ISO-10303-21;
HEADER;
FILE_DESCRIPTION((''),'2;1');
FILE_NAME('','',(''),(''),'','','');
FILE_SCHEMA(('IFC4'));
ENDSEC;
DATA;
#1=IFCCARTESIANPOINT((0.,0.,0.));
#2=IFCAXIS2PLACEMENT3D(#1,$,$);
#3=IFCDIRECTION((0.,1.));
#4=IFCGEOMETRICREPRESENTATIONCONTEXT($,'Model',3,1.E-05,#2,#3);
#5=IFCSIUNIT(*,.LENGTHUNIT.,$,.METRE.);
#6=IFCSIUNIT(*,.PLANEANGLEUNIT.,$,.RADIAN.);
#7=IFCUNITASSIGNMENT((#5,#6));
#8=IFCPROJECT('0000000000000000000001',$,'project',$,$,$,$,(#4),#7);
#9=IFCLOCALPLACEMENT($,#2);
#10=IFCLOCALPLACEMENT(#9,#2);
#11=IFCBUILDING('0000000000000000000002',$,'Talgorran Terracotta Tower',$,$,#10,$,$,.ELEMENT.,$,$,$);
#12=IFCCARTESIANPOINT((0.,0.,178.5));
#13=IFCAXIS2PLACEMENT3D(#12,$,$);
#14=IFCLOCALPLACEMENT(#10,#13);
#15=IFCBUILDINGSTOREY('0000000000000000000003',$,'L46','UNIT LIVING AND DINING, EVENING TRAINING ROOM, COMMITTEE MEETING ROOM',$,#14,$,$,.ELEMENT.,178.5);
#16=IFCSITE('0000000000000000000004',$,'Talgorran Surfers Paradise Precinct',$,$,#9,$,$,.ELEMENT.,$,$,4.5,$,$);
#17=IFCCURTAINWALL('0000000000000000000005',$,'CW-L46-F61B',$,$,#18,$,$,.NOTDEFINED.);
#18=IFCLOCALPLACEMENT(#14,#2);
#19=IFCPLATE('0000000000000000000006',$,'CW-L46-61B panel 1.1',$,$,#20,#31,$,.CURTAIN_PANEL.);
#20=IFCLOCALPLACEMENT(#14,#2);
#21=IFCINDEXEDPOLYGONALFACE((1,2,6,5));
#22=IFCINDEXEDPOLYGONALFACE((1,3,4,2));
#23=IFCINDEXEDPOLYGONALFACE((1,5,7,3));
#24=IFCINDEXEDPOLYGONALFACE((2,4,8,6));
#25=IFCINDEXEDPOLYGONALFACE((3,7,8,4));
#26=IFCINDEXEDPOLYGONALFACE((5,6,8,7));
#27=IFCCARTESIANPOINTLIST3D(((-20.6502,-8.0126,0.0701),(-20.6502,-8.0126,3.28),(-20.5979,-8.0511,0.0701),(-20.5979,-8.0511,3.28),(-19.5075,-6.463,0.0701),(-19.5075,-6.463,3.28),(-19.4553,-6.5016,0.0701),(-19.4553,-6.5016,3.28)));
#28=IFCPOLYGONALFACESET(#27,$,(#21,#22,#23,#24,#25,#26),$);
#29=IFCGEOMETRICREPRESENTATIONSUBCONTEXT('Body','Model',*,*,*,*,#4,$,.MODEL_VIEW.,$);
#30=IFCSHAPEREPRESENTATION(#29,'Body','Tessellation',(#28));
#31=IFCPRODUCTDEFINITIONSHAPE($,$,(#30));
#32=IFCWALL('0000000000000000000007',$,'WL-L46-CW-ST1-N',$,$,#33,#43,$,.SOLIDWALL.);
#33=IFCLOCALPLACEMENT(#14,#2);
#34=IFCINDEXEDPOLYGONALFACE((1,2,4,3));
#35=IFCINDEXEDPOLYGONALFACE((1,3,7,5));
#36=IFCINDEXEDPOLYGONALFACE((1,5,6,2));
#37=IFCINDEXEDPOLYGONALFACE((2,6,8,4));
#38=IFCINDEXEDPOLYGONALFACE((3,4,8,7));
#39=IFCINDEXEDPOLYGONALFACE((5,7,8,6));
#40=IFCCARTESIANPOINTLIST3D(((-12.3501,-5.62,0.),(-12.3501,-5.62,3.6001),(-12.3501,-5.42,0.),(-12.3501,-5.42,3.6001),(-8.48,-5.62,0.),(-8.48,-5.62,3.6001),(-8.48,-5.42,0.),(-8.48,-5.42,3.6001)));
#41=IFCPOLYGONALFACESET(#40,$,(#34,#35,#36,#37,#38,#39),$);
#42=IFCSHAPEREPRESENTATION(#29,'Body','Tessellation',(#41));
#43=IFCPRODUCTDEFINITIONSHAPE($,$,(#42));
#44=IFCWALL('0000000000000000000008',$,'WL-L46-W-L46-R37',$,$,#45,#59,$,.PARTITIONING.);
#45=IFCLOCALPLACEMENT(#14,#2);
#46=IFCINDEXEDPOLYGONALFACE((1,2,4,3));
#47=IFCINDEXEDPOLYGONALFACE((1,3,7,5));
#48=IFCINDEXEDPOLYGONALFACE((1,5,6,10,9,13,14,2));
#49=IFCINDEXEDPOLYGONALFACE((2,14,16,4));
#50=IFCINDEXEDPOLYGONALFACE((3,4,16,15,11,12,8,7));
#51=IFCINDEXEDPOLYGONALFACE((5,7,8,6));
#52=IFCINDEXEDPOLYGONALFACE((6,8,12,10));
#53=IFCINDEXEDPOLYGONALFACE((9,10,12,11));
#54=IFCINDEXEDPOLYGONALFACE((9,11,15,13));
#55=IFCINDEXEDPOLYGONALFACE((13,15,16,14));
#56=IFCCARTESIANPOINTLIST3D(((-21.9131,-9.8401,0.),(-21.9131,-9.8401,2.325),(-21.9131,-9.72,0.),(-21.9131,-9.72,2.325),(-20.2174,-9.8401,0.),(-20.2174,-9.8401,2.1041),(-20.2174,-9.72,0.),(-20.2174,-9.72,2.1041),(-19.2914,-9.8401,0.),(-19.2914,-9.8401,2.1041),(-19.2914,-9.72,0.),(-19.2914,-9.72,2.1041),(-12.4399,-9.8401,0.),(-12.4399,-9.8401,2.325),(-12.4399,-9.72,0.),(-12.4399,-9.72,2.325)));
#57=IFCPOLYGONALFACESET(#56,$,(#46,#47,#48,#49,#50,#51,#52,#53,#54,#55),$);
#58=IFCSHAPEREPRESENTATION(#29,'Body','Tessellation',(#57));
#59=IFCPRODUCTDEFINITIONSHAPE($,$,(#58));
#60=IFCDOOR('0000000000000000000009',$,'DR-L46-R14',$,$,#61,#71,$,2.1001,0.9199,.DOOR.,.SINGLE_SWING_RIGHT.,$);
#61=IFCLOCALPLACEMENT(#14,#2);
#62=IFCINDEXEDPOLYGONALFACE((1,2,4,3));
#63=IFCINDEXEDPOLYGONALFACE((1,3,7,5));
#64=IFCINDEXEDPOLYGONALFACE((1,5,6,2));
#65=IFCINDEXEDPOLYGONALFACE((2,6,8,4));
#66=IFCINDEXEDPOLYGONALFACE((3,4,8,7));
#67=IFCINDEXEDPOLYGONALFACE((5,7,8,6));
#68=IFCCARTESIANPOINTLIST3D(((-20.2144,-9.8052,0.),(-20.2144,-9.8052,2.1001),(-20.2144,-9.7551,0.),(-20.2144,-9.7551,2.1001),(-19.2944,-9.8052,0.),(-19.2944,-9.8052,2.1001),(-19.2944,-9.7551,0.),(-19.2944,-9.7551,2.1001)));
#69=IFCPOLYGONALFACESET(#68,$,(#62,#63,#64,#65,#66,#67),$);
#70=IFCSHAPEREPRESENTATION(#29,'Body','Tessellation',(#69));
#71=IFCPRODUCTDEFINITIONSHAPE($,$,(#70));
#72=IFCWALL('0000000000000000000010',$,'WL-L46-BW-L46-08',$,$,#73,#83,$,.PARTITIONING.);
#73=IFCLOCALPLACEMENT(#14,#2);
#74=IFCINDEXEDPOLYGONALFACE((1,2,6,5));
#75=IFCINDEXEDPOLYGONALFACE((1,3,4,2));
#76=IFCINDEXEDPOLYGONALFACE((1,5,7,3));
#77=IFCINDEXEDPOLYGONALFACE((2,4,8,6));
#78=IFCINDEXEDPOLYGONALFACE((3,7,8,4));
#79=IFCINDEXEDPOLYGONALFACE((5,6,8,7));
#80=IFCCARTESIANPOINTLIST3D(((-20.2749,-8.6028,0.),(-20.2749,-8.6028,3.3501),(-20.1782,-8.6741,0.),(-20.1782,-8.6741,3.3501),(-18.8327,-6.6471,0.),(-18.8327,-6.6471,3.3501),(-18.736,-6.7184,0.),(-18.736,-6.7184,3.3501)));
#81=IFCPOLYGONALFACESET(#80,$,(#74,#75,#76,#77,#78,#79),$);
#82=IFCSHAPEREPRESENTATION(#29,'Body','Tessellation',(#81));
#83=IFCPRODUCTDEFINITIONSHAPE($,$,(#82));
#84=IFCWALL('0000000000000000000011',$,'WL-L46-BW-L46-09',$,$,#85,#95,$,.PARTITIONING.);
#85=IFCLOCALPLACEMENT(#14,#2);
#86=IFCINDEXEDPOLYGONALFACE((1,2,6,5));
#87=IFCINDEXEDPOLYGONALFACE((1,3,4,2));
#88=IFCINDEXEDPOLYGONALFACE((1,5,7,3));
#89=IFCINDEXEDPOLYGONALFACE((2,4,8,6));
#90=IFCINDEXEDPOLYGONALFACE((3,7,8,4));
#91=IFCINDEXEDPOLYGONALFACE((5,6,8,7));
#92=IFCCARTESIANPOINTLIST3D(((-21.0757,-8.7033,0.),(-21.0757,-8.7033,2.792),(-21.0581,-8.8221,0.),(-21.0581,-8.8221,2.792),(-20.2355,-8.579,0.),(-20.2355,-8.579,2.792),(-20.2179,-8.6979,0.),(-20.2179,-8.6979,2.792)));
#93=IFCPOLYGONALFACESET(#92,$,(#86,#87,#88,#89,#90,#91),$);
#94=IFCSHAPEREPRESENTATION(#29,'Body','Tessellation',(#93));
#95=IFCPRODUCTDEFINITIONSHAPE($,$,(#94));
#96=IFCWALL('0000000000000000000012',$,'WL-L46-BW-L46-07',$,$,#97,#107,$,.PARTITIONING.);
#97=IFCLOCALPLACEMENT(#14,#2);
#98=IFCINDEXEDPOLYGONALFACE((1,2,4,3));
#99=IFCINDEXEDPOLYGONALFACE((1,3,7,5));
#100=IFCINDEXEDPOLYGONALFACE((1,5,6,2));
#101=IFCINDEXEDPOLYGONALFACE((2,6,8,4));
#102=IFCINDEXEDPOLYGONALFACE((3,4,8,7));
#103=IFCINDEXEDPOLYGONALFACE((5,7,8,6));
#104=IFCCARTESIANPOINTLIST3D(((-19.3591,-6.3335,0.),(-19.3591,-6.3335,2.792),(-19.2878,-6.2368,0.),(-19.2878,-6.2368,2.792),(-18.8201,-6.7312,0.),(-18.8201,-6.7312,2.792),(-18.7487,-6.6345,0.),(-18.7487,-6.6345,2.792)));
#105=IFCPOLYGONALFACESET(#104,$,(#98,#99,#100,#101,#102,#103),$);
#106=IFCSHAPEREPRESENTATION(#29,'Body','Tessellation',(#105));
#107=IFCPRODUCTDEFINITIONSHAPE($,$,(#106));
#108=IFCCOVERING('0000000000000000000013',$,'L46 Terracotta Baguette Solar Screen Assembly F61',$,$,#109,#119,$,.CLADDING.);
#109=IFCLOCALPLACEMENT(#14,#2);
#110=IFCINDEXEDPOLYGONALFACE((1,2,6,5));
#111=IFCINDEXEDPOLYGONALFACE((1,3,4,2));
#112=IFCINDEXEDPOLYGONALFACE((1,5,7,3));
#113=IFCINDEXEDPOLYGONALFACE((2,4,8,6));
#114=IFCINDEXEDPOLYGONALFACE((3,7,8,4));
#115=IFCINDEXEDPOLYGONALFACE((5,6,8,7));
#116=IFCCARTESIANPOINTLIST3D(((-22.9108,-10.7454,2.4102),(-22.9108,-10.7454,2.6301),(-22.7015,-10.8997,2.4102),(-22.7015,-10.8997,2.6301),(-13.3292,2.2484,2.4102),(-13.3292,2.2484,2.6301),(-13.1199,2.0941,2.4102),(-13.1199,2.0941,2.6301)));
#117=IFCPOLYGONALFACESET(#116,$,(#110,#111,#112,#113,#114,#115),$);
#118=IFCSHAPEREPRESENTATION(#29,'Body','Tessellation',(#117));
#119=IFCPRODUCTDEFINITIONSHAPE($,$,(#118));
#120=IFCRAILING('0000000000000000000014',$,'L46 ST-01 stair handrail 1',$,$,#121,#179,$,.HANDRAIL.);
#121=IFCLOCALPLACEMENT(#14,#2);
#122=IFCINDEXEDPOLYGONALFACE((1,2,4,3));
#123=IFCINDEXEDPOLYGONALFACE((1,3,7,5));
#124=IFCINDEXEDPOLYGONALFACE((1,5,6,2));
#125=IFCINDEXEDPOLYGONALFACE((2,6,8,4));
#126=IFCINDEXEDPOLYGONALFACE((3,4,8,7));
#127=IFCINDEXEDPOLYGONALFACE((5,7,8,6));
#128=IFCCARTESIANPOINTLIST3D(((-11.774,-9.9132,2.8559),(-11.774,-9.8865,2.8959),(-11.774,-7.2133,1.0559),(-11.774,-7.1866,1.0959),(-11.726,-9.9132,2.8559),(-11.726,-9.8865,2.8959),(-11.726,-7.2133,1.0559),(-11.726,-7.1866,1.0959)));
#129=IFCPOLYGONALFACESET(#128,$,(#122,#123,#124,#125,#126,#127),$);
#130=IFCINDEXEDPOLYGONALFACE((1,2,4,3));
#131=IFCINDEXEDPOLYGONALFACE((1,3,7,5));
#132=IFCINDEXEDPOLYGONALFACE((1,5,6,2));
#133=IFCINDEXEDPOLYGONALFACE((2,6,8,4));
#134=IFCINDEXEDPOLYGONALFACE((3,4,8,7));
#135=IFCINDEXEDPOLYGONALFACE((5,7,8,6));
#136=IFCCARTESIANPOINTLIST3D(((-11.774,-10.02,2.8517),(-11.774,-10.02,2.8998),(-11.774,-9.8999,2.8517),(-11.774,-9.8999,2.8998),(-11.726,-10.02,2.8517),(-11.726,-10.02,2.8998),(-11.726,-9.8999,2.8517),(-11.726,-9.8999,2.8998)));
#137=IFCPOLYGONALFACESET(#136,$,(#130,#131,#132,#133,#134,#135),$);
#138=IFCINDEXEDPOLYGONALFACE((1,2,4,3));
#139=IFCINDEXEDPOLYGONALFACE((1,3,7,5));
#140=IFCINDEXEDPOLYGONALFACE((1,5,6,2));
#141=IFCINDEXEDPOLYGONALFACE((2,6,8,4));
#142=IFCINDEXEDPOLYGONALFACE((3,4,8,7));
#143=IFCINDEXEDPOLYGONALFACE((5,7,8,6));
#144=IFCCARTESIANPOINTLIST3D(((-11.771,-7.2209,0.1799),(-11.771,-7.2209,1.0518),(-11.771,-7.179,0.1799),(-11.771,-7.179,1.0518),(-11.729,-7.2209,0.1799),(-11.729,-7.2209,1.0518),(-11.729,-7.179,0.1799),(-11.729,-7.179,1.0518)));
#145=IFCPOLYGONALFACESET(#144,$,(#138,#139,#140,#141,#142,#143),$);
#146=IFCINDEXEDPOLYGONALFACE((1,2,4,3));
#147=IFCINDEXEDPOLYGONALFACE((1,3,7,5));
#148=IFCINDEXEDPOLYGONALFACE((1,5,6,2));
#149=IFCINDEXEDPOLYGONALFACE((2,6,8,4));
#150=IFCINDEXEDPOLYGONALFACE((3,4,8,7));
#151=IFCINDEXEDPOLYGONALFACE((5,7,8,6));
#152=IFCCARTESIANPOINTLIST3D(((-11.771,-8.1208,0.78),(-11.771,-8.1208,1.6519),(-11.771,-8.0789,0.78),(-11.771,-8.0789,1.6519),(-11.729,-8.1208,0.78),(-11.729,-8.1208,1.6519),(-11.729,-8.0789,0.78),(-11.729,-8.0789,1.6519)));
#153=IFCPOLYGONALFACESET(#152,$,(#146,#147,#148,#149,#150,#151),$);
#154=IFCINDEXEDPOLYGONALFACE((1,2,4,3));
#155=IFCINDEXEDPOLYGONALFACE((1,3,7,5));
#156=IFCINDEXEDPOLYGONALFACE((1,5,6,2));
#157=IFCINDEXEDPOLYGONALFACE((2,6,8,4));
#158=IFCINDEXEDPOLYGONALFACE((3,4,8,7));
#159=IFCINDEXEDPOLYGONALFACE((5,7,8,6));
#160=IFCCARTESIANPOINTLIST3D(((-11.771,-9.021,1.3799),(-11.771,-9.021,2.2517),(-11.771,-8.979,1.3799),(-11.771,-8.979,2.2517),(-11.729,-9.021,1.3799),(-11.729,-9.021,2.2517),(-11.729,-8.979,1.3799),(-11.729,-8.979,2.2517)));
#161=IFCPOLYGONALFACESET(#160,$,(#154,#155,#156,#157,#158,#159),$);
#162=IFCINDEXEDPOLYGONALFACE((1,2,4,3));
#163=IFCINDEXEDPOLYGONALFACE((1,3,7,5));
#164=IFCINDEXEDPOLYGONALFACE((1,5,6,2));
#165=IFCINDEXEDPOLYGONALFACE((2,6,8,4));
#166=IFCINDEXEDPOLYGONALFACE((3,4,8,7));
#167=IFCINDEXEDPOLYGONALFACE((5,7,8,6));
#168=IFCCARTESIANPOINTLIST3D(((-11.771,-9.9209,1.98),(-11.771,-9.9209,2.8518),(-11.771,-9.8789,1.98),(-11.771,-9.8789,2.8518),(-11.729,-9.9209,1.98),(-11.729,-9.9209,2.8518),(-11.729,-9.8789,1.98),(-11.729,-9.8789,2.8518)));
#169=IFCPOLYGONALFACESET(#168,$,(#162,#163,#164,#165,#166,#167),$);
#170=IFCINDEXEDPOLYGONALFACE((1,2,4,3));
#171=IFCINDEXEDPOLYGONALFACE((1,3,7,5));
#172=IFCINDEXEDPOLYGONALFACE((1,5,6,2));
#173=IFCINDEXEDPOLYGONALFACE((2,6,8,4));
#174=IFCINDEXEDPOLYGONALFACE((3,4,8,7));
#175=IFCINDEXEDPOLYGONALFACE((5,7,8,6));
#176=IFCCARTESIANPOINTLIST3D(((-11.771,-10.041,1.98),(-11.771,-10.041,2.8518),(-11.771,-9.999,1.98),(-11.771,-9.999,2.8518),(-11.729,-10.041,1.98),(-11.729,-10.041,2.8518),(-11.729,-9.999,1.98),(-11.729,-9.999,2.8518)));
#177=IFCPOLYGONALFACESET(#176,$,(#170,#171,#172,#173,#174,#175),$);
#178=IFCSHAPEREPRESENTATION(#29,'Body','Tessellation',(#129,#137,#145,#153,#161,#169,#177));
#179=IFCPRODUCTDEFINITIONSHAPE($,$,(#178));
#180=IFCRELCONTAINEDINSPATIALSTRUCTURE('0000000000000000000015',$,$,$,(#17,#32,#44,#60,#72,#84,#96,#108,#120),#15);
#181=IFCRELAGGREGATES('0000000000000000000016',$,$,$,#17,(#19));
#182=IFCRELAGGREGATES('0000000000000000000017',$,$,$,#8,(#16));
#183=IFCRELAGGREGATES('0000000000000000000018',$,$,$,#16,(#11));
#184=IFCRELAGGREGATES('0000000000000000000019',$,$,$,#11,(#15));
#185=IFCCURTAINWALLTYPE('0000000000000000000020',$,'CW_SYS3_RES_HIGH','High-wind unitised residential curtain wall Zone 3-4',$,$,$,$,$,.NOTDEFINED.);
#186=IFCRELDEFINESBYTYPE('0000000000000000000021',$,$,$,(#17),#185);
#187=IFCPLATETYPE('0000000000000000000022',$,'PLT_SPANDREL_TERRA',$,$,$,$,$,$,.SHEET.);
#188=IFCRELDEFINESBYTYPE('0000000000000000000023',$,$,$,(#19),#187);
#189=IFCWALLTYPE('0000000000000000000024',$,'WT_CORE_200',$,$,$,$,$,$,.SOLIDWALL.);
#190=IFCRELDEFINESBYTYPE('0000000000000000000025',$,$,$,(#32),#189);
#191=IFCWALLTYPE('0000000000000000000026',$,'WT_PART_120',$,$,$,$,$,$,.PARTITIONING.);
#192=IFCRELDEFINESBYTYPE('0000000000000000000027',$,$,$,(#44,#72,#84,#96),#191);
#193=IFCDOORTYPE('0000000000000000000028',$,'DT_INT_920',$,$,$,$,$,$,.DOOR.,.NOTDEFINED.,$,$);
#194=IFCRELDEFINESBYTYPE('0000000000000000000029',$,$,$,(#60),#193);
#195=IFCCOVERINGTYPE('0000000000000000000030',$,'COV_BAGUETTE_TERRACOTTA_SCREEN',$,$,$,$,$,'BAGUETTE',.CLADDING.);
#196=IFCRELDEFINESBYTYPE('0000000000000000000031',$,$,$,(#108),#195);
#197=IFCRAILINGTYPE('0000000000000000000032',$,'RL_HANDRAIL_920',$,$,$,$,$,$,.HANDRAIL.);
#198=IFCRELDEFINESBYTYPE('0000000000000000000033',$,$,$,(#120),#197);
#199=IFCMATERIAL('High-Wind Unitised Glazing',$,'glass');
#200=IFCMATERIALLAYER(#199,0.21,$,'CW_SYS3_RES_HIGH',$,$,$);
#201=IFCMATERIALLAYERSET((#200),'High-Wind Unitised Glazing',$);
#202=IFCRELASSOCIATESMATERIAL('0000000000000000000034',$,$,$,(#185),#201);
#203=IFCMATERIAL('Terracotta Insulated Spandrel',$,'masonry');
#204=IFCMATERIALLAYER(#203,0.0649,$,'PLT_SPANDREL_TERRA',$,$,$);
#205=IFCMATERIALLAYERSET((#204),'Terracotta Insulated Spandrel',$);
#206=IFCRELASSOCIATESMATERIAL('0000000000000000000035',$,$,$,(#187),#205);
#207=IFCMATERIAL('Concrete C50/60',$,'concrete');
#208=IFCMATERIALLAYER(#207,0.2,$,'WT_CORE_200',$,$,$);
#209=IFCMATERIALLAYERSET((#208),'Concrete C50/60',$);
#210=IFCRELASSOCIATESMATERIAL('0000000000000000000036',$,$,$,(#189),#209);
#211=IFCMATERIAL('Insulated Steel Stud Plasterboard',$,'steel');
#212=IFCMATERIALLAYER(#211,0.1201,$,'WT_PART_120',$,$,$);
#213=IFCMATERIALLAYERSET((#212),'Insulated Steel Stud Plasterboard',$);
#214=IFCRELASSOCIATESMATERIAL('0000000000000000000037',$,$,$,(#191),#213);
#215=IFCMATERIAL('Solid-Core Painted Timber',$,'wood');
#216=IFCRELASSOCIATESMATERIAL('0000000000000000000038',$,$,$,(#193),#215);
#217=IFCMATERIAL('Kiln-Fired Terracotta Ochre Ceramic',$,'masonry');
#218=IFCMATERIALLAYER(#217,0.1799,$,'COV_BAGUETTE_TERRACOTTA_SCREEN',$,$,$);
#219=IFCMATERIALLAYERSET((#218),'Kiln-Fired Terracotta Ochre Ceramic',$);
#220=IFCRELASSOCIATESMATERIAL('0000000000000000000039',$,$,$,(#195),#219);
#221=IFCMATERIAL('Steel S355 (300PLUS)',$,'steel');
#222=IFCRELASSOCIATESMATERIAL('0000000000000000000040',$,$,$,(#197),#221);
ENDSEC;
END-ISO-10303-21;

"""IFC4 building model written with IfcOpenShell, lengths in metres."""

from ifc_helpers import new_model, si_unit, direction, frame, frame_2d, origin, origin_2d, place, context, subcontext, project, spatial, rectangle, extrude, source, transform, mapped, material, layer, layer_set, type_object, type_shapes, element, fill, aggregate, save


model = new_model("IFC4")

# Units and contexts
model_context = context("Model", 3, precision=1e-05, world=origin(), true_north=direction((0.0, 1.0)))
body_context = subcontext(model_context, "Body", "Model", "MODEL_VIEW")
ifc_project = project(units=[si_unit("LENGTHUNIT", "METRE"), si_unit("PLANEANGLEUNIT", "RADIAN")], contexts=[model_context])

# Site, building, storey
site_placement = place(None, origin())
site = spatial("IfcSite", under=ifc_project, at=site_placement, Name="Talgorran Surfers Paradise Precinct", CompositionType="ELEMENT", RefElevation=4.5)
building_placement = place(site_placement, origin())
building = spatial("IfcBuilding", under=site, at=building_placement, Name="Talgorran Terracotta Tower", CompositionType="ELEMENT")
storey_placement = place(building_placement, frame((0.0, 0.0, 178.5)))
storey = spatial("IfcBuildingStorey", under=building, at=storey_placement, Name="L46", Description="UNIT LIVING AND DINING, EVENING TRAINING ROOM, COMMITTEE MEETING ROOM", CompositionType="ELEMENT", Elevation=178.5)

# Shared definitions
ifc_material_1 = material(Name="High-Wind Unitised Glazing", Category="glass")
ifc_layer_1 = layer(ifc_material_1, 0.21, Name="CW_SYS3_RES_HIGH")
ifc_layer_set_1 = layer_set([ifc_layer_1], Name="High-Wind Unitised Glazing")
curtain_wall_type = type_object("IfcCurtainWallType", Name="CW_SYS3_RES_HIGH", Description="High-wind unitised residential curtain wall Zone 3-4", PredefinedType="NOTDEFINED", material=ifc_layer_set_1)

# Curtain wall
curtain_wall_1_placement = place(storey_placement, origin())
curtain_wall_1 = element("IfcCurtainWall", 1, at=curtain_wall_1_placement, inside=storey, type_object=curtain_wall_type, Name="CW-L46-F61B", PredefinedType="NOTDEFINED")

# Plate
ifc_material_2 = material(Name="Terracotta Insulated Spandrel", Category="masonry")
ifc_layer_2 = layer(ifc_material_2, 0.0649, Name="PLT_SPANDREL_TERRA")
ifc_layer_set_2 = layer_set([ifc_layer_2], Name="Terracotta Insulated Spandrel")
plate_type_1 = type_object("IfcPlateType", Name="PLT_SPANDREL_TERRA", PredefinedType="SHEET", material=ifc_layer_set_2)
shared_shape_1 = source(origin(), body_context, "Body", "SweptSolid", [
    extrude(rectangle(XDim=1.9253, YDim=0.0649, at=origin_2d()), origin(), (0.0, 0.0, 1.0), 3.21),
])
type_shapes(plate_type_1, [shared_shape_1])
plate_1_placement = place(storey_placement, frame((-20.0527, -7.2571, 0.0701), z_axis=(0.0, 0.0, 1.0), x_axis=(-0.593488, -0.804843, 0.0)))
plate_1 = element("IfcPlate", 2, at=plate_1_placement, type_object=plate_type_1, Name="CW-L46-61B panel 1.1", PredefinedType="CURTAIN_PANEL", context=body_context, shape_type="MappedRepresentation", body=[
    mapped(shared_shape_1, transform((0.0, 0.0, 0.0), scale=1.0)),
])
aggregate(curtain_wall_1, [plate_1])

# Wall
ifc_material_3 = material(Name="Concrete C50/60", Category="concrete")
ifc_layer_3 = layer(ifc_material_3, 0.2, Name="WT_CORE_200")
ifc_layer_set_3 = layer_set([ifc_layer_3], Name="Concrete C50/60")
wall_type_1 = type_object("IfcWallType", Name="WT_CORE_200", PredefinedType="SOLIDWALL", material=ifc_layer_set_3)
wall_1_placement = place(storey_placement, frame((-12.3501, -5.52, 0.0), z_axis=(0.0, 0.0, 1.0), x_axis=(1.0, 0.0, 0.0)))
element("IfcWall", 3, at=wall_1_placement, inside=storey, type_object=wall_type_1, Name="WL-L46-CW-ST1-N", PredefinedType="SOLIDWALL", context=body_context, shape_type="SweptSolid", body=[
    extrude(rectangle(XDim=3.8701, YDim=0.2, at=frame_2d((1.9351, 0.0))), origin(), (0.0, 0.0, 1.0), 3.6001),
])

# Wall, opening, door
ifc_material_4 = material(Name="Insulated Steel Stud Plasterboard", Category="steel")
ifc_layer_4 = layer(ifc_material_4, 0.1201, Name="WT_PART_120")
ifc_layer_set_4 = layer_set([ifc_layer_4], Name="Insulated Steel Stud Plasterboard")
wall_type_2 = type_object("IfcWallType", Name="WT_PART_120", PredefinedType="PARTITIONING", material=ifc_layer_set_4)
wall_2_placement = place(storey_placement, frame((-21.9131, -9.78, 0.0), z_axis=(0.0, 0.0, 1.0), x_axis=(1.0, 0.0, 0.0)))
wall_2 = element("IfcWall", 4, at=wall_2_placement, inside=storey, type_object=wall_type_2, Name="WL-L46-W-L46-R37", PredefinedType="PARTITIONING", context=body_context, shape_type="SweptSolid", body=[
    extrude(rectangle(XDim=9.4731, YDim=0.1201, at=frame_2d((4.7366, 0.0))), origin(), (0.0, 0.0, 1.0), 2.325),
])
opening_placement = place(wall_2_placement, frame((1.6987, 0.0, 0.0)))
opening = element("IfcOpeningElement", 5, at=opening_placement, cuts=wall_2, PredefinedType="OPENING", context=body_context, shape_type="SweptSolid", body=[
    extrude(rectangle(XDim=0.9259, YDim=2.1041, at=frame_2d((0.46, 1.052))), frame((0.0, 0.0701, 0.0), z_axis=(0.0, -1.0, 0.0), x_axis=(1.0, 0.0, 0.0)), (0.0, 0.0, 1.0), 0.1401),
])
ifc_material_5 = material(Name="Solid-Core Painted Timber", Category="wood")
door_type = type_object("IfcDoorType", Name="DT_INT_920", OperationType="NOTDEFINED", PredefinedType="DOOR", material=ifc_material_5)
door_placement = place(opening_placement, origin())
door = element("IfcDoor", 6, at=door_placement, inside=storey, type_object=door_type, Name="DR-L46-R14", OperationType="SINGLE_SWING_RIGHT", OverallHeight=2.1001, OverallWidth=0.9199, PredefinedType="DOOR", context=body_context, shape_type="SweptSolid", body=[
    extrude(rectangle(XDim=0.9199, YDim=2.1001, at=frame_2d((0.46, 1.05))), frame((0.0, 0.0249, 0.0), z_axis=(0.0, -1.0, 0.0), x_axis=(1.0, 0.0, 0.0)), (0.0, 0.0, 1.0), 0.05),
])
fill(opening, door)

# Walls
wall_3_placement = place(storey_placement, frame((-18.7844, -6.6829, 0.0), z_axis=(0.0, 0.0, 1.0), x_axis=(-0.593518, -0.804821, 0.0)))
element("IfcWall", 7, at=wall_3_placement, inside=storey, type_object=wall_type_2, Name="WL-L46-BW-L46-08", PredefinedType="PARTITIONING", context=body_context, shape_type="SweptSolid", body=[
    extrude(rectangle(XDim=2.4299, YDim=0.1201, at=frame_2d((1.2148, 0.0))), origin(), (0.0, 0.0, 1.0), 3.3501),
])
wall_4_placement = place(storey_placement, frame((-20.2266, -8.6384, 0.0), z_axis=(0.0, 0.0, 1.0), x_axis=(-0.989242, -0.146288, 0.0)))
element("IfcWall", 8, at=wall_4_placement, inside=storey, type_object=wall_type_2, Name="WL-L46-BW-L46-09", PredefinedType="PARTITIONING", context=body_context, shape_type="SweptSolid", body=[
    extrude(rectangle(XDim=0.8494, YDim=0.1201, at=frame_2d((0.4248, 0.0))), origin(), (0.0, 0.0, 1.0), 2.792),
])
wall_5_placement = place(storey_placement, frame((-19.3235, -6.2852, 0.0), z_axis=(0.0, 0.0, 1.0), x_axis=(0.804698, -0.593684, 0.0)))
element("IfcWall", 9, at=wall_5_placement, inside=storey, type_object=wall_type_2, Name="WL-L46-BW-L46-07", PredefinedType="PARTITIONING", context=body_context, shape_type="SweptSolid", body=[
    extrude(rectangle(XDim=0.6699, YDim=0.1201, at=frame_2d((0.335, 0.0))), origin(), (0.0, 0.0, 1.0), 2.792),
])

# Covering
ifc_material_6 = material(Name="Kiln-Fired Terracotta Ochre Ceramic", Category="masonry")
ifc_layer_5 = layer(ifc_material_6, 0.1799, Name="COV_BAGUETTE_TERRACOTTA_SCREEN")
ifc_layer_set_5 = layer_set([ifc_layer_5], Name="Kiln-Fired Terracotta Ochre Ceramic")
covering_type = type_object("IfcCoveringType", Name="COV_BAGUETTE_TERRACOTTA_SCREEN", ElementType="BAGUETTE", PredefinedType="CLADDING", material=ifc_layer_set_5)
covering_placement = place(storey_placement, frame((-18.0154, -4.3257, 2.4102), z_axis=(0.0, 0.0, 1.0), x_axis=(-0.593489, -0.804842, 0.0)))
element("IfcCovering", 10, at=covering_placement, inside=storey, type_object=covering_type, Name="L46 Terracotta Baguette Solar Screen Assembly F61", PredefinedType="CLADDING", context=body_context, shape_type="SweptSolid", body=[
    extrude(rectangle(XDim=16.1445, YDim=0.26, at=origin_2d()), origin(), (0.0, 0.0, 1.0), 0.22),
])

# Railing
ifc_material_7 = material(Name="Steel S355 (300PLUS)", Category="steel")
railing_type = type_object("IfcRailingType", Name="RL_HANDRAIL_920", PredefinedType="HANDRAIL", material=ifc_material_7)
railing_placement = place(storey_placement, frame((-11.75, -7.2, 0.1799)))
element("IfcRailing", 11, at=railing_placement, inside=storey, type_object=railing_type, Name="L46 ST-01 stair handrail 1", PredefinedType="HANDRAIL", context=body_context, shape_type="SweptSolid", body=[
    extrude(rectangle(XDim=0.0481, YDim=0.0481, at=origin_2d()), frame((0.0, 0.0, 0.896), z_axis=(0.0, -0.832039, 0.554718), x_axis=(1.0, 0.0, 0.0)), (0.0, 0.0, 1.0), 3.2449),
    extrude(rectangle(XDim=0.0481, YDim=0.0481, at=origin_2d()), frame((0.0, -2.7, 2.6958), z_axis=(0.0, -1.0, 0.0), x_axis=(1.0, 0.0, 0.0)), (0.0, 0.0, 1.0), 0.1201),
    extrude(rectangle(XDim=0.042, YDim=0.042, at=origin_2d()), origin(), (0.0, 0.0, 1.0), 0.8718),
    extrude(rectangle(XDim=0.042, YDim=0.042, at=origin_2d()), frame((0.0, -0.8999, 0.6001)), (0.0, 0.0, 1.0), 0.8718),
    extrude(rectangle(XDim=0.042, YDim=0.042, at=origin_2d()), frame((0.0, -1.8, 1.2)), (0.0, 0.0, 1.0), 0.8718),
    extrude(rectangle(XDim=0.042, YDim=0.042, at=origin_2d()), frame((0.0, -2.7, 1.8)), (0.0, 0.0, 1.0), 0.8718),
    extrude(rectangle(XDim=0.042, YDim=0.042, at=origin_2d()), frame((0.0, -2.8201, 1.8)), (0.0, 0.0, 1.0), 0.8718),
])

save(model, "model.ifc")
